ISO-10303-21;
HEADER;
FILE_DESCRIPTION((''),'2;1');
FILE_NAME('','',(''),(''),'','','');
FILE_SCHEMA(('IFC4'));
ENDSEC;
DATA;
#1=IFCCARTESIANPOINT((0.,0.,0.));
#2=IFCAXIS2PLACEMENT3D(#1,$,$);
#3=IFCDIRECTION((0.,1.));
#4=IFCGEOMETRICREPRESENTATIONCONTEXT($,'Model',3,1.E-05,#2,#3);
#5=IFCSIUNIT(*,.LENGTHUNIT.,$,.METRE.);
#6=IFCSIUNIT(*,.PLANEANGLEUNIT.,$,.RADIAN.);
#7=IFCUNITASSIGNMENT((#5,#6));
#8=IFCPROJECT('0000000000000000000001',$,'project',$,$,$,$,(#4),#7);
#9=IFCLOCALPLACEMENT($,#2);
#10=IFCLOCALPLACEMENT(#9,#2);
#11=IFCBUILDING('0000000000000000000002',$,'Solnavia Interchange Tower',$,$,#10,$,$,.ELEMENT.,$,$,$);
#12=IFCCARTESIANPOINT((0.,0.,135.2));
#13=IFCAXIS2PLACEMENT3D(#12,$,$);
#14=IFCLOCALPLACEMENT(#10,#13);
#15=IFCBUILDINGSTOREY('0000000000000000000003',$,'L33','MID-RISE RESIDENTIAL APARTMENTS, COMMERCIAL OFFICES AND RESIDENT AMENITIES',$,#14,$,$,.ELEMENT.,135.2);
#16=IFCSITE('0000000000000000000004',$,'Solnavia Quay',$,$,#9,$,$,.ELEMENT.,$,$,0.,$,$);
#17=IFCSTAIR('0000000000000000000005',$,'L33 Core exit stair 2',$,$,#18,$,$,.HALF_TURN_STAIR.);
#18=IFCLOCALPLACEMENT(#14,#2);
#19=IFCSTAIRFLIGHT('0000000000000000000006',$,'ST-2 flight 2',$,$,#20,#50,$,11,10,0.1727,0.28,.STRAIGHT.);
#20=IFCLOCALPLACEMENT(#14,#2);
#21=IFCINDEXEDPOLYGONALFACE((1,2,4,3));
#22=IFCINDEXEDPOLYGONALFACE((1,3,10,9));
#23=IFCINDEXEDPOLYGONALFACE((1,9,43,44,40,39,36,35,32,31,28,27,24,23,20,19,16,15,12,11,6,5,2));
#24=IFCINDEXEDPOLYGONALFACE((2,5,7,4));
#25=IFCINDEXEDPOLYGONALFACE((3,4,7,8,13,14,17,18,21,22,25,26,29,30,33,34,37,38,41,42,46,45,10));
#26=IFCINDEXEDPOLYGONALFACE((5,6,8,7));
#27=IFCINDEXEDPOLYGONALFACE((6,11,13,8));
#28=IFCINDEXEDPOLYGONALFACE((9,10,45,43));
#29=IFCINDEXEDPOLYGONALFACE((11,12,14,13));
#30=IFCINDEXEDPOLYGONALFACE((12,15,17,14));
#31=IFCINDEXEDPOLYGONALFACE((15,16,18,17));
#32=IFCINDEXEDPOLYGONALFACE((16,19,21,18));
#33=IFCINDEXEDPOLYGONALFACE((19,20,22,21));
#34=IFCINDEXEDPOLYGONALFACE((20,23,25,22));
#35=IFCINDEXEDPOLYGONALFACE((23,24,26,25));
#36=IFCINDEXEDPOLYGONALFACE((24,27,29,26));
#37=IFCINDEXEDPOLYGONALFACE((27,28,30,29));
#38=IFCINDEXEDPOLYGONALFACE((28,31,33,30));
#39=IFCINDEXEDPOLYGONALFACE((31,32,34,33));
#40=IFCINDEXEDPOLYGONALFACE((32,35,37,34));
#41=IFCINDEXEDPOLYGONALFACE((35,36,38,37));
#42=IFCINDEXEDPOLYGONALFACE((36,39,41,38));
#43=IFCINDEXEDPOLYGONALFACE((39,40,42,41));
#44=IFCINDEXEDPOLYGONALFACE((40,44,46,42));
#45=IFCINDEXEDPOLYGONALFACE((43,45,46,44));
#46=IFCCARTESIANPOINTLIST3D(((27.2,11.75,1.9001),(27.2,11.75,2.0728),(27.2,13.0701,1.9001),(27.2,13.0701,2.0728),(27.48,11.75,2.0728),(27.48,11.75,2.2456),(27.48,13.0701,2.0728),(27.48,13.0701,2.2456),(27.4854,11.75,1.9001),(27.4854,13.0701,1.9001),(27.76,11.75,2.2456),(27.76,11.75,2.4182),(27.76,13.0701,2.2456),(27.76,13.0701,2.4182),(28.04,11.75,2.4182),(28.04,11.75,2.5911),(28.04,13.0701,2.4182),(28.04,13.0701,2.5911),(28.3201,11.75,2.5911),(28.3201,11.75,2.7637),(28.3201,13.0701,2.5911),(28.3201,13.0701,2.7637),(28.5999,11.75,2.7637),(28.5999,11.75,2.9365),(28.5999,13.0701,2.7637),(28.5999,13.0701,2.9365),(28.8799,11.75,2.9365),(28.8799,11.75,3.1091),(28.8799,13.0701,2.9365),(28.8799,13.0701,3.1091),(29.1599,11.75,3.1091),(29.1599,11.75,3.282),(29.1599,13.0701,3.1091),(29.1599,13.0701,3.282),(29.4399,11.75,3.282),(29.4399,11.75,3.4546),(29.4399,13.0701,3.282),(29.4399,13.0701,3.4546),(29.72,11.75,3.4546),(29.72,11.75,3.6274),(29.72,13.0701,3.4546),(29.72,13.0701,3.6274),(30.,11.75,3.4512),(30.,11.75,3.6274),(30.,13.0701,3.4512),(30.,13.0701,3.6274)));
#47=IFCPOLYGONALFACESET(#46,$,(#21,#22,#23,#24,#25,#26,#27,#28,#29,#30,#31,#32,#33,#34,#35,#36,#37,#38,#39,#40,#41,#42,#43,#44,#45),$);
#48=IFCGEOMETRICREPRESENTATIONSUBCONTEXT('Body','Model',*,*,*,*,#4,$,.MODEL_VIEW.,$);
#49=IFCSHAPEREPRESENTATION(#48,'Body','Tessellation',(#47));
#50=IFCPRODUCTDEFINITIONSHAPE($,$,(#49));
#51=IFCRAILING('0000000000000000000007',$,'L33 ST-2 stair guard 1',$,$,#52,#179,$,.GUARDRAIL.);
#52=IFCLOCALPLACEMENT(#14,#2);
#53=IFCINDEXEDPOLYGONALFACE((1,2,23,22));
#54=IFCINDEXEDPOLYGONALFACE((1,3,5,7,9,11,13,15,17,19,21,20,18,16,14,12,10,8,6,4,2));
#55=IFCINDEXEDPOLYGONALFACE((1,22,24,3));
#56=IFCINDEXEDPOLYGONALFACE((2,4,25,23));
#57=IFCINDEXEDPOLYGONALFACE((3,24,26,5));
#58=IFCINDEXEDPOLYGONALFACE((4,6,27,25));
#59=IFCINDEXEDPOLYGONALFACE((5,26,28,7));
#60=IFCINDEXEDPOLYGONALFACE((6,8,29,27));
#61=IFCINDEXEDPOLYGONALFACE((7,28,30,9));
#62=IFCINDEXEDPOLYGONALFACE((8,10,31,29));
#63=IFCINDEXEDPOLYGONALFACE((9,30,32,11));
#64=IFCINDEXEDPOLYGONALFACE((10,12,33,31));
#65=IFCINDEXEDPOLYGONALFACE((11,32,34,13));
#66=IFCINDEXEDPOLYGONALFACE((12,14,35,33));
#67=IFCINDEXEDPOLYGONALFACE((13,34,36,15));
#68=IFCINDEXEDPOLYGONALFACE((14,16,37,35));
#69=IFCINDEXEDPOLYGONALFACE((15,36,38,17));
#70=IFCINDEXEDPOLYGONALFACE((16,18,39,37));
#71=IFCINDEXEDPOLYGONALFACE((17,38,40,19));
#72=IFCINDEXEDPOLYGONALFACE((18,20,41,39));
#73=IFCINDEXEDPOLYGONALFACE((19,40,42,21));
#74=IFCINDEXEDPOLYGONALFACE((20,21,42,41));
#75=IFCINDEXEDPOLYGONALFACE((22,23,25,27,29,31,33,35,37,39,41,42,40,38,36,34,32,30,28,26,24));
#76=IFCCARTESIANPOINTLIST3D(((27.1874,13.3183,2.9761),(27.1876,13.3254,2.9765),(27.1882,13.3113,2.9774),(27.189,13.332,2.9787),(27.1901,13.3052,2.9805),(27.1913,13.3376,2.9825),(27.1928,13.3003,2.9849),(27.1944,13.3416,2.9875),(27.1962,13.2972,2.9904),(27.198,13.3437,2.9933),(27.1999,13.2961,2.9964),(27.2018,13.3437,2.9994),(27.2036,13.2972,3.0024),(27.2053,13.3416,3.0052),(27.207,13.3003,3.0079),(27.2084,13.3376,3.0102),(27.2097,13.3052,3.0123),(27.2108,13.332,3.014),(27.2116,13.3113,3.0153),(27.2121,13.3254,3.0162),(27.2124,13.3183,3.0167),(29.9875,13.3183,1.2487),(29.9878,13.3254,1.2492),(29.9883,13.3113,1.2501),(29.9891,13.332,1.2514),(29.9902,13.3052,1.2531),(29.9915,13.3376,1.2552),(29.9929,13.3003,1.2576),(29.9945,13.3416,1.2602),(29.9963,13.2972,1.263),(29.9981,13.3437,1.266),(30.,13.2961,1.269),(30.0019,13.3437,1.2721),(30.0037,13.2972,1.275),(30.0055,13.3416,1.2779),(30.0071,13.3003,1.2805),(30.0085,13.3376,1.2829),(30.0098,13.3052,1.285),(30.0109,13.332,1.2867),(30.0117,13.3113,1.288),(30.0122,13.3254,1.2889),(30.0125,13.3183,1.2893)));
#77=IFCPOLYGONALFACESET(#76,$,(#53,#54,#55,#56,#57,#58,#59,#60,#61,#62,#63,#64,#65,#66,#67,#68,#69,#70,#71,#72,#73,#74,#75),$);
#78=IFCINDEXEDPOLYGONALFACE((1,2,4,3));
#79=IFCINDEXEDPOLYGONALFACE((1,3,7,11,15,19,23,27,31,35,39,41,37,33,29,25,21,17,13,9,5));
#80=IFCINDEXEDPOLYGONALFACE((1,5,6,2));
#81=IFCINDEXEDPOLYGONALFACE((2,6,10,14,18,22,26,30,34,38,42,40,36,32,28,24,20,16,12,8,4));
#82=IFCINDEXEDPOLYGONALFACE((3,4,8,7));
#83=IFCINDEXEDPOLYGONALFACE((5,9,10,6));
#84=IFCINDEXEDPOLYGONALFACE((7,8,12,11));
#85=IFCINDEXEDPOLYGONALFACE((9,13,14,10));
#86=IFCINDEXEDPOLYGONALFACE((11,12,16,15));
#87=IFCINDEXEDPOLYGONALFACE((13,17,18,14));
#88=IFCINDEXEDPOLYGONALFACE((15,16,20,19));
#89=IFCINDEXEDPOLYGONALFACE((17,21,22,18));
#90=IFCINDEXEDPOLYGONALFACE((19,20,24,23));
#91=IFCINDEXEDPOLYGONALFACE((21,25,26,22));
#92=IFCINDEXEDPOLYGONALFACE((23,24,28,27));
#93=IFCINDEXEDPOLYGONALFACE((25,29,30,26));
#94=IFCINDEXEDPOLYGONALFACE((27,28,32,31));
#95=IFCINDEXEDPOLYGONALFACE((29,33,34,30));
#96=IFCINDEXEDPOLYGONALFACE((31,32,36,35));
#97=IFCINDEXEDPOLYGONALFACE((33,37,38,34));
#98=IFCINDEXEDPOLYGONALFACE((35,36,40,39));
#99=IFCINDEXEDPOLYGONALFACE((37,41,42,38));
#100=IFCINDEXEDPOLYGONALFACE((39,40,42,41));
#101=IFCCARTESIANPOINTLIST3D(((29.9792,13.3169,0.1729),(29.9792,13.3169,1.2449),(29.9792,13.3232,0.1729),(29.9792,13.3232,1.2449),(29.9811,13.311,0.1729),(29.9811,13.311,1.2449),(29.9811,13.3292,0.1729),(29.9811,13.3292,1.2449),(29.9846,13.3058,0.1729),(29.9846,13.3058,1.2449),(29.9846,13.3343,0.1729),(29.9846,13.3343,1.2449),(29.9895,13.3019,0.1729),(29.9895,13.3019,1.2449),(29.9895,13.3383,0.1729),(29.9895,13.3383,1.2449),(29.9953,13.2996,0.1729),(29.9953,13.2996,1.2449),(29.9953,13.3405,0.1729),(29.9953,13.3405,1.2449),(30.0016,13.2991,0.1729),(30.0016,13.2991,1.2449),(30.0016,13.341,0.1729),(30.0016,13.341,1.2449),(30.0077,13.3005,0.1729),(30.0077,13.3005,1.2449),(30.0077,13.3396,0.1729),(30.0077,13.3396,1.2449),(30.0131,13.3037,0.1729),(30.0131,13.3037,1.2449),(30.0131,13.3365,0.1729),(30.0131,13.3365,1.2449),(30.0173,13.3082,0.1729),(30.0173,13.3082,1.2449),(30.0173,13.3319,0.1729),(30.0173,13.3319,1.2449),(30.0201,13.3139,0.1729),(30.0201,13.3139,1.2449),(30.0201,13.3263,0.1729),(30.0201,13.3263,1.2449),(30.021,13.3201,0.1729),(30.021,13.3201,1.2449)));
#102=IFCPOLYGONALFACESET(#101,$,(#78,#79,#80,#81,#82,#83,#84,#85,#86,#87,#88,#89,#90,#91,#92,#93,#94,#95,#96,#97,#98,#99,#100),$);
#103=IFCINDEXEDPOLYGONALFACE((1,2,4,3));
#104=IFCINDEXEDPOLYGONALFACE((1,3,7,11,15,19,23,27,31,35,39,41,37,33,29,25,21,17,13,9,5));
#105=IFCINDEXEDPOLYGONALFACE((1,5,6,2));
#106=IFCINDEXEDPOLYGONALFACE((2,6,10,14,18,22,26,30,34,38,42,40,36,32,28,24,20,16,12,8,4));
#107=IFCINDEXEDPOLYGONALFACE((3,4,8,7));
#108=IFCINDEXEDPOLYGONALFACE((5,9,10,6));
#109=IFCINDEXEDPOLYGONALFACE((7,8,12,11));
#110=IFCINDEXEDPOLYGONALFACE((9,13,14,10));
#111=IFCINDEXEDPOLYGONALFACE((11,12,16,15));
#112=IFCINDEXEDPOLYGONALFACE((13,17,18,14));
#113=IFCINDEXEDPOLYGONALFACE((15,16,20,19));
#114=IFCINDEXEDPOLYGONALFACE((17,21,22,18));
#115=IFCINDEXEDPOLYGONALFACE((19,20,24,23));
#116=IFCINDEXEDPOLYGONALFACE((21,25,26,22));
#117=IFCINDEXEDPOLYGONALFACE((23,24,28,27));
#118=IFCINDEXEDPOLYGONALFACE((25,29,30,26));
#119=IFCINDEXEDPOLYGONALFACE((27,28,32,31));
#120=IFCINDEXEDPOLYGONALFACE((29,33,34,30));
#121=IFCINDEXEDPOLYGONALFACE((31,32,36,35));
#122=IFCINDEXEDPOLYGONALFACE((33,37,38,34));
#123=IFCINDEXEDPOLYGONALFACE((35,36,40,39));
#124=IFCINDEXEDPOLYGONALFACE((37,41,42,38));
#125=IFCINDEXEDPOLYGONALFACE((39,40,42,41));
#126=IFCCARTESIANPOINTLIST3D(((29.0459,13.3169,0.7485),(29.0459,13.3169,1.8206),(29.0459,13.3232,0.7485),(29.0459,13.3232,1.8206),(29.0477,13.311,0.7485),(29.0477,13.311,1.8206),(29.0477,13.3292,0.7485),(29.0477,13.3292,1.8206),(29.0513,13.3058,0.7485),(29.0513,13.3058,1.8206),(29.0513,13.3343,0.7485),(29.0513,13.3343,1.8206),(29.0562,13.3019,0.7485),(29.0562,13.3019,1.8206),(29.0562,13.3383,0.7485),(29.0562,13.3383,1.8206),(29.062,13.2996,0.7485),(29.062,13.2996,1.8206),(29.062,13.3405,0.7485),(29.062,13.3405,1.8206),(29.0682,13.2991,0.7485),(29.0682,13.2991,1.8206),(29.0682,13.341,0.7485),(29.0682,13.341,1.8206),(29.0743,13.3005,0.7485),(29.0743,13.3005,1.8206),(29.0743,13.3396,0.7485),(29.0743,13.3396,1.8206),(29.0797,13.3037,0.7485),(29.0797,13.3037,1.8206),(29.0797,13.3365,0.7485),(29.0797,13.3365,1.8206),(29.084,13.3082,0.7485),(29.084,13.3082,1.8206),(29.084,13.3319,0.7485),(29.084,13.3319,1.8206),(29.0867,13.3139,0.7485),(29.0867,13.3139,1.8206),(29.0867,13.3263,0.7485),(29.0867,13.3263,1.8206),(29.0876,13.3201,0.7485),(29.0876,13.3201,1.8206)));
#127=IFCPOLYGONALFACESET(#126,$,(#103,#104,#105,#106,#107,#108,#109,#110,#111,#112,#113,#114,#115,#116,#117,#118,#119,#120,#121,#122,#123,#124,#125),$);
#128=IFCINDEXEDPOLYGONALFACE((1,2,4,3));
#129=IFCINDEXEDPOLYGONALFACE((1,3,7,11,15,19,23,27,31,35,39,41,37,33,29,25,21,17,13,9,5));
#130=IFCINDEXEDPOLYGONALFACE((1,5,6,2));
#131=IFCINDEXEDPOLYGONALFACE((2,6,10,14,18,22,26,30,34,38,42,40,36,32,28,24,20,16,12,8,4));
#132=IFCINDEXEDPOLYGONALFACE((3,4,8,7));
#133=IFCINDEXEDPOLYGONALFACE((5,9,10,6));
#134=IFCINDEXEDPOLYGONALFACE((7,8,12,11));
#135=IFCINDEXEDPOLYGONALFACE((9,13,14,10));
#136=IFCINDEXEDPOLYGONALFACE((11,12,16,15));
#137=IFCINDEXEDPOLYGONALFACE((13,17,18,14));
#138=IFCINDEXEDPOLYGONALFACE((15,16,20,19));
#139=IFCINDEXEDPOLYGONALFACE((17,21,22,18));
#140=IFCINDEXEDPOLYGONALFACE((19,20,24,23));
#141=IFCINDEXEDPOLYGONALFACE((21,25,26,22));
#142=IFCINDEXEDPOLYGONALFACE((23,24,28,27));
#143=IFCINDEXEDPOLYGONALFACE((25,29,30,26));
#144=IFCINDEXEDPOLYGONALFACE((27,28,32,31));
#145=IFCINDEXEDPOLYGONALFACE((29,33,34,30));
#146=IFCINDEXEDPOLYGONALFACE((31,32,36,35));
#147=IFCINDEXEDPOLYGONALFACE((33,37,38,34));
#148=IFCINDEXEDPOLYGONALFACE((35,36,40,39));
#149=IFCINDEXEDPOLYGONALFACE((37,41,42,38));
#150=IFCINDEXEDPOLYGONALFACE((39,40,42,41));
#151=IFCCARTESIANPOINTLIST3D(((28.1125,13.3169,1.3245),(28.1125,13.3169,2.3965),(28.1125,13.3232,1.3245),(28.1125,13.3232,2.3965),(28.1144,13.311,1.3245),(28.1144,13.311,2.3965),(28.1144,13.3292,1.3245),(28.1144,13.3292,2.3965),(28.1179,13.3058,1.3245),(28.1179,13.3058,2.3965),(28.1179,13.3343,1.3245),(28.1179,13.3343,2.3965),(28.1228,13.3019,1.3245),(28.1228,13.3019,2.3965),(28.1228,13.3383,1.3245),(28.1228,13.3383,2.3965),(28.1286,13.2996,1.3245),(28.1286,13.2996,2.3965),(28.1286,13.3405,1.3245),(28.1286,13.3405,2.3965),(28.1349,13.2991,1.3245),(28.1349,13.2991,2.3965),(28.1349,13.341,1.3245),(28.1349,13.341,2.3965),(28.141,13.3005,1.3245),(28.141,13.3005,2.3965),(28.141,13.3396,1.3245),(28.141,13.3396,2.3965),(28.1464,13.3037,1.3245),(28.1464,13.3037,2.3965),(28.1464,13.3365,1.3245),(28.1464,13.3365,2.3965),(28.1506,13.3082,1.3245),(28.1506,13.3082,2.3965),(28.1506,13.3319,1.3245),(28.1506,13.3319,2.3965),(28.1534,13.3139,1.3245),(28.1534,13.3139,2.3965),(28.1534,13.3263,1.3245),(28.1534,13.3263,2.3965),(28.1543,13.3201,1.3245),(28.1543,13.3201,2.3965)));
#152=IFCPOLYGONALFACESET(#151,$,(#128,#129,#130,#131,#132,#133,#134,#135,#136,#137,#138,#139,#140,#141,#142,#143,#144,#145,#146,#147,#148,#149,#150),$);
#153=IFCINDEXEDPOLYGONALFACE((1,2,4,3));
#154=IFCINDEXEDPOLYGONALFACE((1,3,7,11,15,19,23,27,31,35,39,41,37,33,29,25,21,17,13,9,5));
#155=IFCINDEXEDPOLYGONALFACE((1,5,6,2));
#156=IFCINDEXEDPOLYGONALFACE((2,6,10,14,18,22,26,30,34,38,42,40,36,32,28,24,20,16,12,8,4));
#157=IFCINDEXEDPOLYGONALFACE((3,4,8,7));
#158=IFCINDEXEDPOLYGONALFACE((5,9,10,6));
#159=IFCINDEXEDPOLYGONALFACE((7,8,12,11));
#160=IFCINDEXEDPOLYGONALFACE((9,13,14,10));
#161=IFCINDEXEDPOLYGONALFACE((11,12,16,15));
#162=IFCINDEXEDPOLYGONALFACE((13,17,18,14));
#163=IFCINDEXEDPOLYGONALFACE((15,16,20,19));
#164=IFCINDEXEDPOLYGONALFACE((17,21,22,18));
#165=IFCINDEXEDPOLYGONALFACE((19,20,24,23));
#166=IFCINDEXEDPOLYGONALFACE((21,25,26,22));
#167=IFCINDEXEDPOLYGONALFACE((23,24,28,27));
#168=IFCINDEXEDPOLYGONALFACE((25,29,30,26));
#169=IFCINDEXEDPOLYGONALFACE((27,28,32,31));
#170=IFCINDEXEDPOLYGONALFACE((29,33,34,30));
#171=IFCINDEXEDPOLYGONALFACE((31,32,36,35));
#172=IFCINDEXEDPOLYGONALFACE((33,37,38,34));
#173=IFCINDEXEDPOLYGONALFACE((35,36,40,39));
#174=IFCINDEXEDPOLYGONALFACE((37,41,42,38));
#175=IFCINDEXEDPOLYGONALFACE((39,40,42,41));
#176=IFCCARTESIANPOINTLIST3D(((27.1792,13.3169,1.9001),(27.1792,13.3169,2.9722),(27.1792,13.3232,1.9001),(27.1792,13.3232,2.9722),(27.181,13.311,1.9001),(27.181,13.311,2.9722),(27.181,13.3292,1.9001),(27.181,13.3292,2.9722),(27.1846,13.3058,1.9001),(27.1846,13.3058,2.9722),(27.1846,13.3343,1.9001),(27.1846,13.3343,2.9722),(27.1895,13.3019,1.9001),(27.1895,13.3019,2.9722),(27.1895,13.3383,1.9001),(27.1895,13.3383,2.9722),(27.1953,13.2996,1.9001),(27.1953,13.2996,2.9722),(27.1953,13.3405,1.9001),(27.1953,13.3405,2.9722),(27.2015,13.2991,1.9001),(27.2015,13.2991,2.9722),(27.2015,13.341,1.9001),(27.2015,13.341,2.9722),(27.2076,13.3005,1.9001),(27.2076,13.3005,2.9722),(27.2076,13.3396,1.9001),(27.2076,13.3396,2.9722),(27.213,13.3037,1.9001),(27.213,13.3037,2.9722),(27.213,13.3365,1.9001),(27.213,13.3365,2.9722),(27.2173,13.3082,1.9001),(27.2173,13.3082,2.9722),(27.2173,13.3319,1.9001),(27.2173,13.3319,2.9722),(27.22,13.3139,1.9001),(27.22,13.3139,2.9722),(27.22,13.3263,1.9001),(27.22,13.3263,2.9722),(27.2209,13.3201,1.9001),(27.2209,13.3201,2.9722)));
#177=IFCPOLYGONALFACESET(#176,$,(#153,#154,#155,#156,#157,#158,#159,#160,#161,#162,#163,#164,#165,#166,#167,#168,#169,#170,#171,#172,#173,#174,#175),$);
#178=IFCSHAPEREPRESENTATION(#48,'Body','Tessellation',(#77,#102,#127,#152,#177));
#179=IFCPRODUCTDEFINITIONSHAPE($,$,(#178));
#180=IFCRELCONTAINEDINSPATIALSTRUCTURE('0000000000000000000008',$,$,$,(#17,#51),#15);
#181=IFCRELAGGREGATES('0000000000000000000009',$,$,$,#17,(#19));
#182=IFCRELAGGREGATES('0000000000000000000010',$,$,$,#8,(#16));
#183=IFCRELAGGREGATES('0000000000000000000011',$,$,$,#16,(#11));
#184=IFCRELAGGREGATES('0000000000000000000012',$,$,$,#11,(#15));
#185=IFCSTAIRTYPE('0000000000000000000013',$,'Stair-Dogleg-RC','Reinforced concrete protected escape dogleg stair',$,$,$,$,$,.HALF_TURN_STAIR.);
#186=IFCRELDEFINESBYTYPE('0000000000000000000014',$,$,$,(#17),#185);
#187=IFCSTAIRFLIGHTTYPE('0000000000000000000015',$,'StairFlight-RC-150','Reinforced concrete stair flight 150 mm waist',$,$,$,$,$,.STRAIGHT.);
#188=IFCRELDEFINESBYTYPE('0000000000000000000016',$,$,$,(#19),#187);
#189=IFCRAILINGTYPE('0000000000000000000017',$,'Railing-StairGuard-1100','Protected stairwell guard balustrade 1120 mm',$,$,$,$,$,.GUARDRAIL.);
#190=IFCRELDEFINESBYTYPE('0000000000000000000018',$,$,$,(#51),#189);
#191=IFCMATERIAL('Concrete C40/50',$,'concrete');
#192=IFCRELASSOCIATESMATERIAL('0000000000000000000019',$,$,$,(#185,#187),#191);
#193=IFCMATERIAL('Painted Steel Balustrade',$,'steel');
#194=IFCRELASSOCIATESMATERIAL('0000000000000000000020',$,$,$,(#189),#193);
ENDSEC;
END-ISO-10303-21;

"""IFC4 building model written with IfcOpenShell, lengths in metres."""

from ifc_helpers import new_model, si_unit, direction, frame, origin, origin_2d, place, context, subcontext, project, spatial, polyline, circle, outline, extrude, material, type_object, element, aggregate, save


model = new_model("IFC4")

# Units and contexts
model_context = context("Model", 3, precision=1e-05, world=origin(), true_north=direction((0.0, 1.0)))
body_context = subcontext(model_context, "Body", "Model", "MODEL_VIEW")
ifc_project = project(units=[si_unit("LENGTHUNIT", "METRE"), si_unit("PLANEANGLEUNIT", "RADIAN")], contexts=[model_context])

# Site, building, storey
site_placement = place(None, origin())
site = spatial("IfcSite", under=ifc_project, at=site_placement, Name="Solnavia Quay", CompositionType="ELEMENT", RefElevation=0.0)
building_placement = place(site_placement, origin())
building = spatial("IfcBuilding", under=site, at=building_placement, Name="Solnavia Interchange Tower", CompositionType="ELEMENT")
storey_placement = place(building_placement, frame((0.0, 0.0, 135.2)))
storey = spatial("IfcBuildingStorey", under=building, at=storey_placement, Name="L33", Description="MID-RISE RESIDENTIAL APARTMENTS, COMMERCIAL OFFICES AND RESIDENT AMENITIES", CompositionType="ELEMENT", Elevation=135.2)

# Shared definitions
ifc_material_1 = material(Name="Concrete C40/50", Category="concrete")

# Stair, stair flight
stair_type = type_object("IfcStairType", Name="Stair-Dogleg-RC", Description="Reinforced concrete protected escape dogleg stair", PredefinedType="HALF_TURN_STAIR", material=ifc_material_1)
stair_placement = place(storey_placement, origin())
stair = element("IfcStair", 1, at=stair_placement, inside=storey, type_object=stair_type, Name="L33 Core exit stair 2", PredefinedType="HALF_TURN_STAIR")
stair_flight_type = type_object("IfcStairFlightType", Name="StairFlight-RC-150", Description="Reinforced concrete stair flight 150 mm waist", PredefinedType="STRAIGHT", material=ifc_material_1)
stair_flight_1_placement = place(storey_placement, frame((27.2, 12.4099, 1.9001), z_axis=(0.0, 0.0, 1.0), x_axis=(1.0, 0.0, 0.0)))
stair_flight_1 = element("IfcStairFlight", 2, at=stair_flight_1_placement, type_object=stair_flight_type, Name="ST-2 flight 2", NumberOfRisers=11, NumberOfTreads=10, PredefinedType="STRAIGHT", RiserHeight=0.1727, TreadLength=0.28, context=body_context, shape_type="SweptSolid", body=[
    extrude(outline(polyline([(0.0, 0.0), (0.0, 0.1726), (0.28, 0.1726), (0.28, 0.3455), (0.5601, 0.3455), (0.5601, 0.5181), (0.8401, 0.5181), (0.8401, 0.6909), (1.1201, 0.6909), (1.1201, 0.8635), (1.3999, 0.8635), (1.3999, 1.0364), (1.6799, 1.0364), (1.6799, 1.209), (1.96, 1.209), (1.96, 1.3818), (2.24, 1.3818), (2.24, 1.5544), (2.52, 1.5544), (2.52, 1.7273), (2.8, 1.7273), (2.8, 1.8999), (2.8, 1.551), (0.2854, 0.0), (0.0, 0.0)])), frame((0.0, 0.6602, 0.0), z_axis=(0.0, -1.0, 0.0), x_axis=(1.0, 0.0, 0.0)), (0.0, 0.0, 1.0), 1.3201),
])
aggregate(stair, [stair_flight_1])

# Railing
ifc_material_2 = material(Name="Painted Steel Balustrade", Category="steel")
railing_type_1 = type_object("IfcRailingType", Name="Railing-StairGuard-1100", Description="Protected stairwell guard balustrade 1120 mm", PredefinedType="GUARDRAIL", material=ifc_material_2)
railing_1_placement = place(storey_placement, frame((30.0, 13.3201, 0.1729)))
element("IfcRailing", 3, at=railing_1_placement, inside=storey, type_object=railing_type_1, Name="L33 ST-2 stair guard 1", PredefinedType="GUARDRAIL", context=body_context, shape_type="SweptSolid", body=[
    extrude(circle(Radius=0.0239, at=origin_2d()), frame((0.0, 0.0, 1.0962), z_axis=(-0.85109, 0.0, 0.52502), x_axis=(0.0, -1.0, 0.0)), (0.0, 0.0, 1.0), 3.29),
    extrude(circle(Radius=0.021, at=origin_2d()), origin(), (0.0, 0.0, 1.0), 1.072),
    extrude(circle(Radius=0.021, at=origin_2d()), frame((-0.9333, 0.0, 0.5757)), (0.0, 0.0, 1.0), 1.072),
    extrude(circle(Radius=0.021, at=origin_2d()), frame((-1.8667, 0.0, 1.1516)), (0.0, 0.0, 1.0), 1.072),
    extrude(circle(Radius=0.021, at=origin_2d()), frame((-2.8, 0.0, 1.7273)), (0.0, 0.0, 1.0), 1.072),
])

save(model, "model.ifc")
